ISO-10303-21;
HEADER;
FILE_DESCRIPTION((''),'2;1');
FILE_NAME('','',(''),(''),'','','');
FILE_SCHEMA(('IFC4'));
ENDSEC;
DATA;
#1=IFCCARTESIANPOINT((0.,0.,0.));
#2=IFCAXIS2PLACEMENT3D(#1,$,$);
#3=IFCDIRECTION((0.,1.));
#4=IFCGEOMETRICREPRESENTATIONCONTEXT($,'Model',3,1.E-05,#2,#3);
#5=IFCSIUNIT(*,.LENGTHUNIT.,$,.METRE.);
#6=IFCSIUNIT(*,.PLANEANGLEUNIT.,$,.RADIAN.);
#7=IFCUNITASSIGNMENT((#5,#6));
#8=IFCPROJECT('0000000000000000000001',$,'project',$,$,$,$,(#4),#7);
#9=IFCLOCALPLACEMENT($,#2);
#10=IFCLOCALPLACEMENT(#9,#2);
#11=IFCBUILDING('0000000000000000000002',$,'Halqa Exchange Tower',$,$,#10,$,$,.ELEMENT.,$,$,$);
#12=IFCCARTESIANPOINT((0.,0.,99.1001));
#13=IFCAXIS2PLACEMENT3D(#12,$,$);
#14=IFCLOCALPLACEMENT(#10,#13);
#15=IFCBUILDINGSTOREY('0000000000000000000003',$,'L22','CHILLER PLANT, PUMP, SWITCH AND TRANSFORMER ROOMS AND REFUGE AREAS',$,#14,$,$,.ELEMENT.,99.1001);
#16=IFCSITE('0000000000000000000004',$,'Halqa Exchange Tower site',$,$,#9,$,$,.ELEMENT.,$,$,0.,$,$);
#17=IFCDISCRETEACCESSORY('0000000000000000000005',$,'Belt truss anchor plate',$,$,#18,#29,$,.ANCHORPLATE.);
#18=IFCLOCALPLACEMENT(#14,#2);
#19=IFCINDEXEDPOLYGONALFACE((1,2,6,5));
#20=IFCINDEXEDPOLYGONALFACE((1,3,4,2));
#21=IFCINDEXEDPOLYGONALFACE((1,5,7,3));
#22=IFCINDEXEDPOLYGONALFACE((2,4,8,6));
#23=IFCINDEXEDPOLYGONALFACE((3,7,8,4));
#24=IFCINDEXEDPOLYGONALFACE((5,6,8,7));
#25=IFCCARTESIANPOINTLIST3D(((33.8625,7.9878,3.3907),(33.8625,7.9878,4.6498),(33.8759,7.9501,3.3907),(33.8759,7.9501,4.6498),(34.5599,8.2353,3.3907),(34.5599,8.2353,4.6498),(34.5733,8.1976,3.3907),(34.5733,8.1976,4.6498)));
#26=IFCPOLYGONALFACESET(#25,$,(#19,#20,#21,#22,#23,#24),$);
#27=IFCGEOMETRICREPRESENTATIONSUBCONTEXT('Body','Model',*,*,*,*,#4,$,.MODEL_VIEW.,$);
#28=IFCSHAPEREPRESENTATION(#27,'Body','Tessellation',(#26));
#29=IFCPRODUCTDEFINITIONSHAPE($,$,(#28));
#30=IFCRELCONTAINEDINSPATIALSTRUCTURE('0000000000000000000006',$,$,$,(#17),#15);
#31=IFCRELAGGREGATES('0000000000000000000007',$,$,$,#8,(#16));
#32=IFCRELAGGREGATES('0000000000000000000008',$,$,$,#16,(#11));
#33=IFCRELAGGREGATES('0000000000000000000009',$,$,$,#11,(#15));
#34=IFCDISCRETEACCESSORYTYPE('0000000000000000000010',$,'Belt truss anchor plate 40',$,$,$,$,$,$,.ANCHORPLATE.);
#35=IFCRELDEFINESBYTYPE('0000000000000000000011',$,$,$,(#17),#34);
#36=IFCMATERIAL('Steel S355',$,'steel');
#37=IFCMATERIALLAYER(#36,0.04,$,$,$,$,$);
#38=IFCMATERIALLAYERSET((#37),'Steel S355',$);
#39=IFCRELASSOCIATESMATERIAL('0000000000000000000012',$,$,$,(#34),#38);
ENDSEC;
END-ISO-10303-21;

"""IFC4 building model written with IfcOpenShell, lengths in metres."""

from ifc_helpers import new_model, si_unit, direction, frame, origin, origin_2d, place, context, subcontext, project, spatial, rectangle, extrude, material, layer, layer_set, type_object, element, save


model = new_model("IFC4")

# Units and contexts
model_context = context("Model", 3, precision=1e-05, world=origin(), true_north=direction((0.0, 1.0)))
body_context = subcontext(model_context, "Body", "Model", "MODEL_VIEW")
ifc_project = project(units=[si_unit("LENGTHUNIT", "METRE"), si_unit("PLANEANGLEUNIT", "RADIAN")], contexts=[model_context])

# Site, building, storey
site_placement = place(None, origin())
site = spatial("IfcSite", under=ifc_project, at=site_placement, Name="Halqa Exchange Tower site", CompositionType="ELEMENT", RefElevation=0.0)
building_placement = place(site_placement, origin())
building = spatial("IfcBuilding", under=site, at=building_placement, Name="Halqa Exchange Tower", CompositionType="ELEMENT")
storey_placement = place(building_placement, frame((0.0, 0.0, 99.1001)))
storey = spatial("IfcBuildingStorey", under=building, at=storey_placement, Name="L22", Description="CHILLER PLANT, PUMP, SWITCH AND TRANSFORMER ROOMS AND REFUGE AREAS", CompositionType="ELEMENT", Elevation=99.1001)

# Shared definitions
ifc_material_1 = material(Name="Steel S355", Category="steel")

# Discrete accessory
ifc_layer_1 = layer(ifc_material_1, 0.04)
ifc_layer_set_1 = layer_set([ifc_layer_1], Name="Steel S355")
discrete_accessory_type = type_object("IfcDiscreteAccessoryType", Name="Belt truss anchor plate 40", PredefinedType="ANCHORPLATE", material=ifc_layer_set_1)
discrete_accessory_1_placement = place(storey_placement, frame((34.2112, 8.1116, 4.0203), z_axis=(0.33441, -0.942428, 0.0), x_axis=(0.942428, 0.33441, 0.0)))
element("IfcDiscreteAccessory", 1, at=discrete_accessory_1_placement, inside=storey, type_object=discrete_accessory_type, Name="Belt truss anchor plate", PredefinedType="ANCHORPLATE", context=body_context, shape_type="SweptSolid", body=[
    extrude(rectangle(XDim=0.74, YDim=1.259, at=origin_2d()), origin(), (0.0, 0.0, 1.0), 0.04),
])

save(model, "model.ifc")
